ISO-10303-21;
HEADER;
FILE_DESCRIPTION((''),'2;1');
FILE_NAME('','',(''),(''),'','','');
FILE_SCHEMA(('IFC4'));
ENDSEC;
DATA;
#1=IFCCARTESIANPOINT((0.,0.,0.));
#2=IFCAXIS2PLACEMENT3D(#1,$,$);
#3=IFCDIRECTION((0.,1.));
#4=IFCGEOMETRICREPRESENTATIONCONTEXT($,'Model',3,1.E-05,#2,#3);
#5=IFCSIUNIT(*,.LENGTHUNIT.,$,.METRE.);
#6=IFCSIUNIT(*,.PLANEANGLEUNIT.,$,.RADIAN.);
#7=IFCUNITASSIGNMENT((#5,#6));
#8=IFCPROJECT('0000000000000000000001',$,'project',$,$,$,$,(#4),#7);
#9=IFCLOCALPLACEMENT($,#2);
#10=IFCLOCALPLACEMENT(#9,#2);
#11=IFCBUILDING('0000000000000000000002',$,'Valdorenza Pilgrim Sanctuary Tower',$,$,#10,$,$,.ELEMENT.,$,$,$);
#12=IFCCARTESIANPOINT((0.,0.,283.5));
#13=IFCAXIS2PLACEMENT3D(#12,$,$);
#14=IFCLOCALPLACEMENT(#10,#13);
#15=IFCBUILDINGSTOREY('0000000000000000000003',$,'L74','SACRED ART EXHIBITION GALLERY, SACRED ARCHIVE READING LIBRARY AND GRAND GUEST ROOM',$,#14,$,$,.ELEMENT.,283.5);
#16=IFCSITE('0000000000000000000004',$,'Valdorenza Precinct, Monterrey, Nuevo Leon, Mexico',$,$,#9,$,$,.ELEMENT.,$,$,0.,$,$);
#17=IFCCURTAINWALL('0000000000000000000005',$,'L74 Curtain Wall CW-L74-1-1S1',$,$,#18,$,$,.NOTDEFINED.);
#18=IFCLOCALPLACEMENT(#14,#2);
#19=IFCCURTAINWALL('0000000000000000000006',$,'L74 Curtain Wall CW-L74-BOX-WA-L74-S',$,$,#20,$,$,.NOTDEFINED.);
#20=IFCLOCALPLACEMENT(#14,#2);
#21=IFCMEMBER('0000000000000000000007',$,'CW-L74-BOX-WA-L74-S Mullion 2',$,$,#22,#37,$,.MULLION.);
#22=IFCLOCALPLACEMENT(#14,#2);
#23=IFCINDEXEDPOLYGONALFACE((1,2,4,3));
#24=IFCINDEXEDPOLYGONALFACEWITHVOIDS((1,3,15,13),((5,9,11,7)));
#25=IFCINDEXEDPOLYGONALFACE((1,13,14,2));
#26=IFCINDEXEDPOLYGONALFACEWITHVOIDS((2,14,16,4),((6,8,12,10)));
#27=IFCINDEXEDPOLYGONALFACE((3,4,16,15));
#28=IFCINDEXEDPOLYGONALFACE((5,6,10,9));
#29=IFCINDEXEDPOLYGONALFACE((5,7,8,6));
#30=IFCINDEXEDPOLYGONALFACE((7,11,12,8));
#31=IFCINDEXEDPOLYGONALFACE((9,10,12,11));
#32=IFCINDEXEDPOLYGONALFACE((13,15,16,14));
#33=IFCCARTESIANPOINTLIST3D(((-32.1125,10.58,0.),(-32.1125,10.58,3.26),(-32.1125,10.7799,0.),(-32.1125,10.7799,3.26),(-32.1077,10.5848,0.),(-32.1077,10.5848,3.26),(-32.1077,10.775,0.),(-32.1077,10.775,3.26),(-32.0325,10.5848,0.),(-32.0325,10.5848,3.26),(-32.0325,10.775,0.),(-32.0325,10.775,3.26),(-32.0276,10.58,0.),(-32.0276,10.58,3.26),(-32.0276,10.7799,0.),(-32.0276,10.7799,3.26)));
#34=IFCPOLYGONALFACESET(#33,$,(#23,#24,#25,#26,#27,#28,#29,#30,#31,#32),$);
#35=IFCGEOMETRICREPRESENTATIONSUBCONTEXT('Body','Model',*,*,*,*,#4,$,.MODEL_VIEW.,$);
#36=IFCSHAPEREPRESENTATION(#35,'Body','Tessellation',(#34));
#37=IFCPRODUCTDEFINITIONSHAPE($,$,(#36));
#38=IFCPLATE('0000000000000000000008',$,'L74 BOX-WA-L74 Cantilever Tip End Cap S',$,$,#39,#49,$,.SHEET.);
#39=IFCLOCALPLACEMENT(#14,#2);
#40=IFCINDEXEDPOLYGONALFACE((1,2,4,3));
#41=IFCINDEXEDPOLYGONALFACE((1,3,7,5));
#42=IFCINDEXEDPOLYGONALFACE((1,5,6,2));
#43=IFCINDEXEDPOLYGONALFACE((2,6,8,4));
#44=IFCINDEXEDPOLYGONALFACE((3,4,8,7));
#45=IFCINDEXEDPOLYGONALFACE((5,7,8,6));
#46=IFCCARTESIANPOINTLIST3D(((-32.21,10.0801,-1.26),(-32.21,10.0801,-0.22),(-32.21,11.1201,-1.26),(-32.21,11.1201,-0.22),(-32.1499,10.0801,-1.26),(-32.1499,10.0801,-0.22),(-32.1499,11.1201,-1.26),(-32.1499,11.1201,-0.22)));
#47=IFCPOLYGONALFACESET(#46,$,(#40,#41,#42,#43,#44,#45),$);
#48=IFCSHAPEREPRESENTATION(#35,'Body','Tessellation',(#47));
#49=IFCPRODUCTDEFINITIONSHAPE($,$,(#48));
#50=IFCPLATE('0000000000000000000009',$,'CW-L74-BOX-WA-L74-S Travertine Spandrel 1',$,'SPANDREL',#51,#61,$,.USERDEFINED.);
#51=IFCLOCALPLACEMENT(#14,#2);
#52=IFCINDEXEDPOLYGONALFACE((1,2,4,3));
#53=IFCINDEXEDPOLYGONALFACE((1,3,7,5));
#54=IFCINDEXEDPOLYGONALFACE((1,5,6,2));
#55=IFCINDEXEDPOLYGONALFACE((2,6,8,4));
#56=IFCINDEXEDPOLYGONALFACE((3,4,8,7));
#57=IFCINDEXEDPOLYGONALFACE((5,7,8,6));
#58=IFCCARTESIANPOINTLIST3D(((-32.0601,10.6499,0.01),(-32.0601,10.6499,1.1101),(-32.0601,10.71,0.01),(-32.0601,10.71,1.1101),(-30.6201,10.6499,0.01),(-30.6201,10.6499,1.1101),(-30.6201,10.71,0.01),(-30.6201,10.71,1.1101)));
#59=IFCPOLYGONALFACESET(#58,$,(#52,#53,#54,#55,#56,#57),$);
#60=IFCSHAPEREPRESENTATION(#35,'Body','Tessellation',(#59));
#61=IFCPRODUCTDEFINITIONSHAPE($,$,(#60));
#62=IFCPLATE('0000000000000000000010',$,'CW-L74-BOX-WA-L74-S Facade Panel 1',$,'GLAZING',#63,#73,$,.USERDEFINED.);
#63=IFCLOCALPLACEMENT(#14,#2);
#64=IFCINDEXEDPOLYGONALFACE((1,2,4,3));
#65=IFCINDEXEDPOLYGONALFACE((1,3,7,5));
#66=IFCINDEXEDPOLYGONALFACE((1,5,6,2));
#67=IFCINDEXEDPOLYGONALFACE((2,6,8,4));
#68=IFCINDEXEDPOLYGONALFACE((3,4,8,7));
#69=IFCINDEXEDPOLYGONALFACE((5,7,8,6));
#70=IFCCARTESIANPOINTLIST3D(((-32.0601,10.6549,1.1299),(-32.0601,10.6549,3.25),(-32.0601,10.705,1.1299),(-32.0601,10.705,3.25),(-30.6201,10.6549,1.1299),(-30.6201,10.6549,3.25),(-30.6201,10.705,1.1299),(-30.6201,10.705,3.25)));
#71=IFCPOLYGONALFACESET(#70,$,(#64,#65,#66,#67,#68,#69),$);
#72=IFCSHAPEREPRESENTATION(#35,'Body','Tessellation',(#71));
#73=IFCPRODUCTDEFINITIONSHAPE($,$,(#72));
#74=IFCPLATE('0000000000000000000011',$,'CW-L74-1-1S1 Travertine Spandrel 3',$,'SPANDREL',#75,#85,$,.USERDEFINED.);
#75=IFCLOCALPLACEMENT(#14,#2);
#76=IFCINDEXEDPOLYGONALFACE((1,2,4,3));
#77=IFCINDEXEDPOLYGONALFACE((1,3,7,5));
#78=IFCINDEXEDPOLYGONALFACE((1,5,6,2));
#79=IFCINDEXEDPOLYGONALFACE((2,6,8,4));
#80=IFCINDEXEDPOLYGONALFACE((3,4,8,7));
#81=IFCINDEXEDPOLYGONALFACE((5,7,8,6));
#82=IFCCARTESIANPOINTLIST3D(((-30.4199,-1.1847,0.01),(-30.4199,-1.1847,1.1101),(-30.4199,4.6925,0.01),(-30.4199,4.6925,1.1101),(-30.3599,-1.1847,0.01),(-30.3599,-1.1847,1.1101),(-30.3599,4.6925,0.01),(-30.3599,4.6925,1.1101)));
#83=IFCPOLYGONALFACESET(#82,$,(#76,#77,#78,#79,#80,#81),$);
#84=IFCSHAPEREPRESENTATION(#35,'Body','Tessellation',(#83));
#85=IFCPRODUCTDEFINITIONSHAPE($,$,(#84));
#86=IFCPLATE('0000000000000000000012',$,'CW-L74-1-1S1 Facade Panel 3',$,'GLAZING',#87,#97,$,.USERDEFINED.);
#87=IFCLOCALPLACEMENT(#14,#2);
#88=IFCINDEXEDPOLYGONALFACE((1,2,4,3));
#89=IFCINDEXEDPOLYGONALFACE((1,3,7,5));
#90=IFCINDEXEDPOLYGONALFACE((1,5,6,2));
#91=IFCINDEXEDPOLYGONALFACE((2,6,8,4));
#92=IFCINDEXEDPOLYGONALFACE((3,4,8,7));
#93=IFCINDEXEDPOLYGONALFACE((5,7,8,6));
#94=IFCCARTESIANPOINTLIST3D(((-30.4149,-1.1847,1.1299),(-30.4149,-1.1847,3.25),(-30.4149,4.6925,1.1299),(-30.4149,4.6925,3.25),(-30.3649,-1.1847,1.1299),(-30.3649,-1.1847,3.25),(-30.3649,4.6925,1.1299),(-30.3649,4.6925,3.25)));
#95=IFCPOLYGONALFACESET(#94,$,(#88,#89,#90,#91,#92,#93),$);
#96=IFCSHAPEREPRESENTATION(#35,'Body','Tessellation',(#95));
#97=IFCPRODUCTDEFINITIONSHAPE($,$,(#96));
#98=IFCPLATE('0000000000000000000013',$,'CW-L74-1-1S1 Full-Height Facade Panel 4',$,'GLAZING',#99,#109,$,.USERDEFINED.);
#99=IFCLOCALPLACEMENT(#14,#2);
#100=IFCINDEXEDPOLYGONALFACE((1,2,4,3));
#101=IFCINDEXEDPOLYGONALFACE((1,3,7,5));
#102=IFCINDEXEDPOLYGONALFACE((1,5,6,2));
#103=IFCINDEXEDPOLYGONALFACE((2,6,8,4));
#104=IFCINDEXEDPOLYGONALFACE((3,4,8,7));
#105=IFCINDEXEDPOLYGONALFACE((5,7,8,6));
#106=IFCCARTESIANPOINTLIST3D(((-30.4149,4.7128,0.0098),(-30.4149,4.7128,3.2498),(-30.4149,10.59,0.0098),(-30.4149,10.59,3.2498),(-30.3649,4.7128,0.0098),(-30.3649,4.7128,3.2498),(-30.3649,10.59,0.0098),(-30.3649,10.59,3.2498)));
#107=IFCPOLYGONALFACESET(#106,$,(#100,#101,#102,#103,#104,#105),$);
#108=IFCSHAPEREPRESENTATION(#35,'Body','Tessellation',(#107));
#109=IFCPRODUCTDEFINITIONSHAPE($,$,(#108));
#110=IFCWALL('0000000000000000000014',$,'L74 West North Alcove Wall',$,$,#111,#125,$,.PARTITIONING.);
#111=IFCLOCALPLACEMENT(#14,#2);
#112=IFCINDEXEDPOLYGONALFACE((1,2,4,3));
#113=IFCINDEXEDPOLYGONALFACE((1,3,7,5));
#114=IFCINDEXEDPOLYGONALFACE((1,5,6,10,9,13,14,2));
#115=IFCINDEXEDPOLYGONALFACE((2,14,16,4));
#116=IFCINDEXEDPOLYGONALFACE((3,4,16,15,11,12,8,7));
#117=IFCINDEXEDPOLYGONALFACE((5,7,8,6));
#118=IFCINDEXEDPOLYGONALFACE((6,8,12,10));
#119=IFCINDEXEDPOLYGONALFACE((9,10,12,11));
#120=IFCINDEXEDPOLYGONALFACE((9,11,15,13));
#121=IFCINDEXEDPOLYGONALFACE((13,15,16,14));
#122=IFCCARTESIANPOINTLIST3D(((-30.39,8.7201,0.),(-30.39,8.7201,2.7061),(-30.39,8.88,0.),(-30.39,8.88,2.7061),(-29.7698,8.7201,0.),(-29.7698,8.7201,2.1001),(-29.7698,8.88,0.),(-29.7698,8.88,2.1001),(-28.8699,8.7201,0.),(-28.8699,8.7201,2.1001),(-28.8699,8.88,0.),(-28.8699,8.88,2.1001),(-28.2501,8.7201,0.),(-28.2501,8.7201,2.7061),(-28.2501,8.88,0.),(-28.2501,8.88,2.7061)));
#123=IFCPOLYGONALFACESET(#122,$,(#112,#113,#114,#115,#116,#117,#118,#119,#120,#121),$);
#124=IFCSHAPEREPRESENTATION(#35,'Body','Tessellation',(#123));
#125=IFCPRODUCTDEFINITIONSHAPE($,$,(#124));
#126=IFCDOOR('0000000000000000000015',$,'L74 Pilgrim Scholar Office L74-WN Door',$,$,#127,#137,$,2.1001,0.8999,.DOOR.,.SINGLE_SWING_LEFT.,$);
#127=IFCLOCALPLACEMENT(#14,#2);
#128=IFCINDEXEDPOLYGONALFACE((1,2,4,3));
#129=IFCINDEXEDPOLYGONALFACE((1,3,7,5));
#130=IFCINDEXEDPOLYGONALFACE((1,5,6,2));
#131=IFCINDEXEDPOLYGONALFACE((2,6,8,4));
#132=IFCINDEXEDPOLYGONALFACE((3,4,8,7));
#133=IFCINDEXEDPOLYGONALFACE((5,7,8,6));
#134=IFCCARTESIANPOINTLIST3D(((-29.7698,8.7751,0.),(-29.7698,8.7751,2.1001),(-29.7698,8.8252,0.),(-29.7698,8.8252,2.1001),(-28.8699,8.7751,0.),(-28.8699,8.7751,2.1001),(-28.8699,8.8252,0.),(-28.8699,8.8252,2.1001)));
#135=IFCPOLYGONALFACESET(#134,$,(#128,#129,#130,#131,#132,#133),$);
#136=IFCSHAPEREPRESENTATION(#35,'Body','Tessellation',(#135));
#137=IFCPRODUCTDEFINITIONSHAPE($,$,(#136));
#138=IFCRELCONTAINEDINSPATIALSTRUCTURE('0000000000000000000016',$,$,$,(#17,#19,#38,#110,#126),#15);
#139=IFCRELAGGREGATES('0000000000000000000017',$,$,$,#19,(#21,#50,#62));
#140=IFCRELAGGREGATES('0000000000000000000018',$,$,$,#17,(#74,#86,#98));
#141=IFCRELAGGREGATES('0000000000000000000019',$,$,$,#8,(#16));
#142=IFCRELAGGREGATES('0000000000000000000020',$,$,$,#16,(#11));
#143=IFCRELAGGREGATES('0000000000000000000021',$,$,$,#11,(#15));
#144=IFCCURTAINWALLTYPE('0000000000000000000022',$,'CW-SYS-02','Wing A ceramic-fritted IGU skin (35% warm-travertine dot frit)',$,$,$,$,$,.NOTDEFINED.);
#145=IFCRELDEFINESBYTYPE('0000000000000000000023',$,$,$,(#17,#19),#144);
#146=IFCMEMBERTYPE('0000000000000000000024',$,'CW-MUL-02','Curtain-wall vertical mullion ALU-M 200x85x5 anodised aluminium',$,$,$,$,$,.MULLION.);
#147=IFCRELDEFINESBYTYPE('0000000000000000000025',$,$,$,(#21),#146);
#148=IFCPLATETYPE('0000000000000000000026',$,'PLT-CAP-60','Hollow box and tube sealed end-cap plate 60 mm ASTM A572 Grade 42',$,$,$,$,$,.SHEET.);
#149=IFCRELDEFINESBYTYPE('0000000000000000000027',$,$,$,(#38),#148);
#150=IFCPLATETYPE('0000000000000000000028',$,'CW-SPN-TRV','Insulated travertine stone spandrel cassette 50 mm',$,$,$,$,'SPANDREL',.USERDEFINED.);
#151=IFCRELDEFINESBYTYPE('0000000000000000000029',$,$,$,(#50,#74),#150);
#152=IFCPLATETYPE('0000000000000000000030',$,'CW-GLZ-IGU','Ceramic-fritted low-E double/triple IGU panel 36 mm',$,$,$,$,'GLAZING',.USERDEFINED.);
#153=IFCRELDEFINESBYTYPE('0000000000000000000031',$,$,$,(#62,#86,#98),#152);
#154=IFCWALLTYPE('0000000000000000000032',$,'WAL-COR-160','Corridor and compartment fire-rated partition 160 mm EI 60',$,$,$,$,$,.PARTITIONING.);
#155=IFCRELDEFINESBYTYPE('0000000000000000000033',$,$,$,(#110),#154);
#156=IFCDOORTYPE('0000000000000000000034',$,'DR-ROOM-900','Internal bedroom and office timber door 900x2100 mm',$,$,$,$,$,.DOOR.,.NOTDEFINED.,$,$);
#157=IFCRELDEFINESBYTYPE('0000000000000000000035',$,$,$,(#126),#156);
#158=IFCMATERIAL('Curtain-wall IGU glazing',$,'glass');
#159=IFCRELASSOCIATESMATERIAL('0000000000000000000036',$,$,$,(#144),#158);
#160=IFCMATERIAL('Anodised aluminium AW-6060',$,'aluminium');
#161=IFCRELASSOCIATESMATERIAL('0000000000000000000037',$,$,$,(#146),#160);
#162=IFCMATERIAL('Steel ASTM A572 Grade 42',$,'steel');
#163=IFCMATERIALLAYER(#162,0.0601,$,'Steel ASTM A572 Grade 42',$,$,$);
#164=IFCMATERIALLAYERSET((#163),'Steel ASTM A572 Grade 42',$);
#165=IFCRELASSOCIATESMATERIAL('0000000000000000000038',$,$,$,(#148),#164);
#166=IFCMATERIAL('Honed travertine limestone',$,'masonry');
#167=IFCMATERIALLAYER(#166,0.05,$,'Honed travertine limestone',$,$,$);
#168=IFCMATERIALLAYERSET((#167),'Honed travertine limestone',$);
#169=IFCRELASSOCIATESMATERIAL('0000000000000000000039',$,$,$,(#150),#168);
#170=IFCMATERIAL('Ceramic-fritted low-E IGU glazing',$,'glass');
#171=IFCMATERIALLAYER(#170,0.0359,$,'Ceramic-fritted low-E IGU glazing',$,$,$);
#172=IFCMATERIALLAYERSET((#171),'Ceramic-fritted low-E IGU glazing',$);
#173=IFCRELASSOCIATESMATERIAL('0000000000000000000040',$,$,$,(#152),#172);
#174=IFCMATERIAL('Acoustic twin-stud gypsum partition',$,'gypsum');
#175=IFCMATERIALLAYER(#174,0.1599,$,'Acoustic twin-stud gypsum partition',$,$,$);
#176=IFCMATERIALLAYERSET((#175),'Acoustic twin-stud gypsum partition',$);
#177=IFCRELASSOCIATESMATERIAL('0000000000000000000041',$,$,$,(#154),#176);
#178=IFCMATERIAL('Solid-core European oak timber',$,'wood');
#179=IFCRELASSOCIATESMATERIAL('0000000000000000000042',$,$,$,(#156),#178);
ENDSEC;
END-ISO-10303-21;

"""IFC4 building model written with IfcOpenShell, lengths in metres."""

from ifc_helpers import new_model, si_unit, direction, frame, frame_2d, origin, origin_2d, place, context, subcontext, project, spatial, rectangle, hollow_rectangle, extrude, source, transform, mapped, material, layer, layer_set, material_profile, profile_set, type_object, element, fill, aggregate, save


model = new_model("IFC4")

# Units and contexts
model_context = context("Model", 3, precision=1e-05, world=origin(), true_north=direction((0.0, 1.0)))
body_context = subcontext(model_context, "Body", "Model", "MODEL_VIEW")
ifc_project = project(units=[si_unit("LENGTHUNIT", "METRE"), si_unit("PLANEANGLEUNIT", "RADIAN")], contexts=[model_context])

# Site, building, storey
site_placement = place(None, origin())
site = spatial("IfcSite", under=ifc_project, at=site_placement, Name="Valdorenza Precinct, Monterrey, Nuevo Leon, Mexico", CompositionType="ELEMENT", RefElevation=0.0)
building_placement = place(site_placement, origin())
building = spatial("IfcBuilding", under=site, at=building_placement, Name="Valdorenza Pilgrim Sanctuary Tower", CompositionType="ELEMENT")
storey_placement = place(building_placement, frame((0.0, 0.0, 283.5)))
storey = spatial("IfcBuildingStorey", under=building, at=storey_placement, Name="L74", Description="SACRED ART EXHIBITION GALLERY, SACRED ARCHIVE READING LIBRARY AND GRAND GUEST ROOM", CompositionType="ELEMENT", Elevation=283.5)

# Shared definitions
ifc_material_1 = material(Name="Curtain-wall IGU glazing", Category="glass")
curtain_wall_type = type_object("IfcCurtainWallType", Name="CW-SYS-02", Description="Wing A ceramic-fritted IGU skin (35% warm-travertine dot frit)", PredefinedType="NOTDEFINED", material=ifc_material_1)
ifc_material_2 = material(Name="Anodised aluminium AW-6060", Category="aluminium")

# Curtain wall
curtain_wall_1_placement = place(storey_placement, origin())
curtain_wall_1 = element("IfcCurtainWall", 1, at=curtain_wall_1_placement, inside=storey, type_object=curtain_wall_type, Name="L74 Curtain Wall CW-L74-1-1S1", PredefinedType="NOTDEFINED")
ifc_material_profile_1 = material_profile(ifc_material_2, hollow_rectangle(XDim=0.085, YDim=0.2, WallThickness=0.0049, at=origin_2d()), Name="ALU-M 200x85x5")
ifc_profile_set_1 = profile_set([ifc_material_profile_1], Name="Anodised aluminium AW-6060")
member_type_1 = type_object("IfcMemberType", Name="CW-MUL-02", Description="Curtain-wall vertical mullion ALU-M 200x85x5 anodised aluminium", PredefinedType="MULLION", material=ifc_profile_set_1)
shared_shape_1 = source(origin(), body_context, "Body", "SweptSolid", [
    extrude(hollow_rectangle(XDim=0.085, YDim=0.2, WallThickness=0.0049, at=origin_2d()), origin(), (0.0, 0.0, 1.0), 3.26),
])

# Curtain wall, member
curtain_wall_2_placement = place(storey_placement, origin())
curtain_wall_2 = element("IfcCurtainWall", 2, at=curtain_wall_2_placement, inside=storey, type_object=curtain_wall_type, Name="L74 Curtain Wall CW-L74-BOX-WA-L74-S", PredefinedType="NOTDEFINED")
member_1_placement = place(storey_placement, frame((-32.0701, 10.6799, 0.0), z_axis=(0.0, 0.0, 1.0), x_axis=(-1.0, 0.0, 0.0)))
member_1 = element("IfcMember", 3, at=member_1_placement, type_object=member_type_1, Name="CW-L74-BOX-WA-L74-S Mullion 2", PredefinedType="MULLION", context=body_context, shape_type="MappedRepresentation", body=[
    mapped(shared_shape_1, transform((0.0, 0.0, 0.0), x_axis=(1.0, 0.0, 0.0), y_axis=(0.0, 1.0, 0.0), z_axis=(0.0, 0.0, 1.0), scale=1.0)),
])

# Plates
ifc_material_3 = material(Name="Steel ASTM A572 Grade 42", Category="steel")
ifc_layer_1 = layer(ifc_material_3, 0.0601, Name="Steel ASTM A572 Grade 42")
ifc_layer_set_1 = layer_set([ifc_layer_1], Name="Steel ASTM A572 Grade 42")
plate_type_1 = type_object("IfcPlateType", Name="PLT-CAP-60", Description="Hollow box and tube sealed end-cap plate 60 mm ASTM A572 Grade 42", PredefinedType="SHEET", material=ifc_layer_set_1)
shared_shape_2 = source(origin(), body_context, "Body", "SweptSolid", [
    extrude(rectangle(XDim=0.0601, YDim=1.04, at=origin_2d()), origin(), (0.0, 0.0, 1.0), 1.04),
])
plate_1_placement = place(storey_placement, frame((-32.1799, 10.6001, -1.26), z_axis=(0.0, 0.0, 1.0), x_axis=(1.0, 0.0, 0.0)))
element("IfcPlate", 4, at=plate_1_placement, inside=storey, type_object=plate_type_1, Name="L74 BOX-WA-L74 Cantilever Tip End Cap S", PredefinedType="SHEET", context=body_context, shape_type="MappedRepresentation", body=[
    mapped(shared_shape_2, transform((0.0, 0.0, 0.0), x_axis=(1.0, 0.0, 0.0), y_axis=(0.0, 1.0, 0.0), z_axis=(0.0, 0.0, 1.0), scale=1.0)),
])
ifc_material_4 = material(Name="Honed travertine limestone", Category="masonry")
ifc_layer_2 = layer(ifc_material_4, 0.05, Name="Honed travertine limestone")
ifc_layer_set_2 = layer_set([ifc_layer_2], Name="Honed travertine limestone")
plate_type_2 = type_object("IfcPlateType", Name="CW-SPN-TRV", Description="Insulated travertine stone spandrel cassette 50 mm", ElementType="SPANDREL", PredefinedType="USERDEFINED", material=ifc_layer_set_2)
shared_shape_3 = source(origin(), body_context, "Body", "SweptSolid", [
    extrude(rectangle(XDim=1.4399, YDim=0.0601, at=origin_2d()), origin(), (0.0, 0.0, 1.0), 1.1001),
])
plate_2_placement = place(storey_placement, frame((-31.3401, 10.6799, 0.01), z_axis=(0.0, 0.0, 1.0), x_axis=(-1.0, 0.0, 0.0)))
plate_2 = element("IfcPlate", 5, at=plate_2_placement, type_object=plate_type_2, Name="CW-L74-BOX-WA-L74-S Travertine Spandrel 1", ObjectType="SPANDREL", PredefinedType="USERDEFINED", context=body_context, shape_type="MappedRepresentation", body=[
    mapped(shared_shape_3, transform((0.0, 0.0, 0.0), x_axis=(1.0, 0.0, 0.0), y_axis=(0.0, 1.0, 0.0), z_axis=(0.0, 0.0, 1.0), scale=1.0)),
])
ifc_material_5 = material(Name="Ceramic-fritted low-E IGU glazing", Category="glass")
ifc_layer_3 = layer(ifc_material_5, 0.0359, Name="Ceramic-fritted low-E IGU glazing")
ifc_layer_set_3 = layer_set([ifc_layer_3], Name="Ceramic-fritted low-E IGU glazing")
plate_type_3 = type_object("IfcPlateType", Name="CW-GLZ-IGU", Description="Ceramic-fritted low-E double/triple IGU panel 36 mm", ElementType="GLAZING", PredefinedType="USERDEFINED", material=ifc_layer_set_3)
shared_shape_4 = source(origin(), body_context, "Body", "SweptSolid", [
    extrude(rectangle(XDim=1.4399, YDim=0.05, at=origin_2d()), origin(), (0.0, 0.0, 1.0), 2.1201),
])
plate_3_placement = place(storey_placement, frame((-31.3401, 10.6799, 1.1299), z_axis=(0.0, 0.0, 1.0), x_axis=(-1.0, 0.0, 0.0)))
plate_3 = element("IfcPlate", 6, at=plate_3_placement, type_object=plate_type_3, Name="CW-L74-BOX-WA-L74-S Facade Panel 1", ObjectType="GLAZING", PredefinedType="USERDEFINED", context=body_context, shape_type="MappedRepresentation", body=[
    mapped(shared_shape_4, transform((0.0, 0.0, 0.0), x_axis=(1.0, 0.0, 0.0), y_axis=(0.0, 1.0, 0.0), z_axis=(0.0, 0.0, 1.0), scale=1.0)),
])
aggregate(curtain_wall_2, [member_1, plate_2, plate_3])
shared_shape_5 = source(origin(), body_context, "Body", "SweptSolid", [
    extrude(rectangle(XDim=5.8772, YDim=0.0601, at=origin_2d()), origin(), (0.0, 0.0, 1.0), 1.1001),
])
plate_4_placement = place(storey_placement, frame((-30.3899, 1.7539, 0.01), z_axis=(0.0, 0.0, 1.0), x_axis=(0.0, 1.0, 0.0)))
plate_4 = element("IfcPlate", 7, at=plate_4_placement, type_object=plate_type_2, Name="CW-L74-1-1S1 Travertine Spandrel 3", ObjectType="SPANDREL", PredefinedType="USERDEFINED", context=body_context, shape_type="MappedRepresentation", body=[
    mapped(shared_shape_5, transform((0.0, 0.0, 0.0), x_axis=(1.0, 0.0, 0.0), y_axis=(0.0, 1.0, 0.0), z_axis=(0.0, 0.0, 1.0), scale=1.0)),
])
shared_shape_6 = source(origin(), body_context, "Body", "SweptSolid", [
    extrude(rectangle(XDim=5.8772, YDim=0.05, at=origin_2d()), origin(), (0.0, 0.0, 1.0), 2.1201),
])
plate_5_placement = place(storey_placement, frame((-30.3899, 1.7539, 1.1299), z_axis=(0.0, 0.0, 1.0), x_axis=(0.0, 1.0, 0.0)))
plate_5 = element("IfcPlate", 8, at=plate_5_placement, type_object=plate_type_3, Name="CW-L74-1-1S1 Facade Panel 3", ObjectType="GLAZING", PredefinedType="USERDEFINED", context=body_context, shape_type="MappedRepresentation", body=[
    mapped(shared_shape_6, transform((0.0, 0.0, 0.0), x_axis=(1.0, 0.0, 0.0), y_axis=(0.0, 1.0, 0.0), z_axis=(0.0, 0.0, 1.0), scale=1.0)),
])
shared_shape_7 = source(origin(), body_context, "Body", "SweptSolid", [
    extrude(rectangle(XDim=5.8772, YDim=0.05, at=origin_2d()), origin(), (0.0, 0.0, 1.0), 3.24),
])
plate_6_placement = place(storey_placement, frame((-30.3899, 7.6514, 0.0098), z_axis=(0.0, 0.0, 1.0), x_axis=(0.0, 1.0, 0.0)))
plate_6 = element("IfcPlate", 9, at=plate_6_placement, type_object=plate_type_3, Name="CW-L74-1-1S1 Full-Height Facade Panel 4", ObjectType="GLAZING", PredefinedType="USERDEFINED", context=body_context, shape_type="MappedRepresentation", body=[
    mapped(shared_shape_7, transform((0.0, 0.0, 0.0), x_axis=(1.0, 0.0, 0.0), y_axis=(0.0, 1.0, 0.0), z_axis=(0.0, 0.0, 1.0), scale=1.0)),
])
aggregate(curtain_wall_1, [plate_4, plate_5, plate_6])

# Wall, opening, door
ifc_material_6 = material(Name="Acoustic twin-stud gypsum partition", Category="gypsum")
ifc_layer_4 = layer(ifc_material_6, 0.1599, Name="Acoustic twin-stud gypsum partition")
ifc_layer_set_4 = layer_set([ifc_layer_4], Name="Acoustic twin-stud gypsum partition")
wall_type = type_object("IfcWallType", Name="WAL-COR-160", Description="Corridor and compartment fire-rated partition 160 mm EI 60", PredefinedType="PARTITIONING", material=ifc_layer_set_4)
wall_placement = place(storey_placement, frame((-30.3899, 8.8, 0.0), z_axis=(0.0, 0.0, 1.0), x_axis=(1.0, 0.0, 0.0)))
wall = element("IfcWall", 10, at=wall_placement, inside=storey, type_object=wall_type, Name="L74 West North Alcove Wall", PredefinedType="PARTITIONING", context=body_context, shape_type="SweptSolid", body=[
    extrude(rectangle(XDim=2.1399, YDim=0.1599, at=frame_2d((1.0698, 0.0))), origin(), (0.0, 0.0, 1.0), 2.7061),
])
opening_placement = place(wall_placement, frame((0.6201, 0.0, 0.0)))
opening = element("IfcOpeningElement", 11, at=opening_placement, cuts=wall, PredefinedType="OPENING", context=body_context, shape_type="SweptSolid", body=[
    extrude(rectangle(XDim=0.8999, YDim=2.1001, at=frame_2d((0.45, 1.05))), frame((0.0, 0.0947, 0.0), z_axis=(0.0, -1.0, 0.0), x_axis=(1.0, 0.0, 0.0)), (0.0, 0.0, 1.0), 0.1897),
])
ifc_material_7 = material(Name="Solid-core European oak timber", Category="wood")
door_type = type_object("IfcDoorType", Name="DR-ROOM-900", Description="Internal bedroom and office timber door 900x2100 mm", OperationType="NOTDEFINED", PredefinedType="DOOR", material=ifc_material_7)
door_placement = place(opening_placement, frame((0.8999, 0.0, 0.0), z_axis=(0.0, 0.0, 1.0), x_axis=(-1.0, 0.0, 0.0)))
door = element("IfcDoor", 12, at=door_placement, inside=storey, type_object=door_type, Name="L74 Pilgrim Scholar Office L74-WN Door", OperationType="SINGLE_SWING_LEFT", OverallHeight=2.1001, OverallWidth=0.8999, PredefinedType="DOOR", context=body_context, shape_type="SweptSolid", body=[
    extrude(rectangle(XDim=0.8999, YDim=2.1001, at=frame_2d((0.45, 1.05))), frame((0.0, 0.0249, 0.0), z_axis=(0.0, -1.0, 0.0), x_axis=(1.0, 0.0, 0.0)), (0.0, 0.0, 1.0), 0.05),
])
fill(opening, door)

save(model, "model.ifc")
